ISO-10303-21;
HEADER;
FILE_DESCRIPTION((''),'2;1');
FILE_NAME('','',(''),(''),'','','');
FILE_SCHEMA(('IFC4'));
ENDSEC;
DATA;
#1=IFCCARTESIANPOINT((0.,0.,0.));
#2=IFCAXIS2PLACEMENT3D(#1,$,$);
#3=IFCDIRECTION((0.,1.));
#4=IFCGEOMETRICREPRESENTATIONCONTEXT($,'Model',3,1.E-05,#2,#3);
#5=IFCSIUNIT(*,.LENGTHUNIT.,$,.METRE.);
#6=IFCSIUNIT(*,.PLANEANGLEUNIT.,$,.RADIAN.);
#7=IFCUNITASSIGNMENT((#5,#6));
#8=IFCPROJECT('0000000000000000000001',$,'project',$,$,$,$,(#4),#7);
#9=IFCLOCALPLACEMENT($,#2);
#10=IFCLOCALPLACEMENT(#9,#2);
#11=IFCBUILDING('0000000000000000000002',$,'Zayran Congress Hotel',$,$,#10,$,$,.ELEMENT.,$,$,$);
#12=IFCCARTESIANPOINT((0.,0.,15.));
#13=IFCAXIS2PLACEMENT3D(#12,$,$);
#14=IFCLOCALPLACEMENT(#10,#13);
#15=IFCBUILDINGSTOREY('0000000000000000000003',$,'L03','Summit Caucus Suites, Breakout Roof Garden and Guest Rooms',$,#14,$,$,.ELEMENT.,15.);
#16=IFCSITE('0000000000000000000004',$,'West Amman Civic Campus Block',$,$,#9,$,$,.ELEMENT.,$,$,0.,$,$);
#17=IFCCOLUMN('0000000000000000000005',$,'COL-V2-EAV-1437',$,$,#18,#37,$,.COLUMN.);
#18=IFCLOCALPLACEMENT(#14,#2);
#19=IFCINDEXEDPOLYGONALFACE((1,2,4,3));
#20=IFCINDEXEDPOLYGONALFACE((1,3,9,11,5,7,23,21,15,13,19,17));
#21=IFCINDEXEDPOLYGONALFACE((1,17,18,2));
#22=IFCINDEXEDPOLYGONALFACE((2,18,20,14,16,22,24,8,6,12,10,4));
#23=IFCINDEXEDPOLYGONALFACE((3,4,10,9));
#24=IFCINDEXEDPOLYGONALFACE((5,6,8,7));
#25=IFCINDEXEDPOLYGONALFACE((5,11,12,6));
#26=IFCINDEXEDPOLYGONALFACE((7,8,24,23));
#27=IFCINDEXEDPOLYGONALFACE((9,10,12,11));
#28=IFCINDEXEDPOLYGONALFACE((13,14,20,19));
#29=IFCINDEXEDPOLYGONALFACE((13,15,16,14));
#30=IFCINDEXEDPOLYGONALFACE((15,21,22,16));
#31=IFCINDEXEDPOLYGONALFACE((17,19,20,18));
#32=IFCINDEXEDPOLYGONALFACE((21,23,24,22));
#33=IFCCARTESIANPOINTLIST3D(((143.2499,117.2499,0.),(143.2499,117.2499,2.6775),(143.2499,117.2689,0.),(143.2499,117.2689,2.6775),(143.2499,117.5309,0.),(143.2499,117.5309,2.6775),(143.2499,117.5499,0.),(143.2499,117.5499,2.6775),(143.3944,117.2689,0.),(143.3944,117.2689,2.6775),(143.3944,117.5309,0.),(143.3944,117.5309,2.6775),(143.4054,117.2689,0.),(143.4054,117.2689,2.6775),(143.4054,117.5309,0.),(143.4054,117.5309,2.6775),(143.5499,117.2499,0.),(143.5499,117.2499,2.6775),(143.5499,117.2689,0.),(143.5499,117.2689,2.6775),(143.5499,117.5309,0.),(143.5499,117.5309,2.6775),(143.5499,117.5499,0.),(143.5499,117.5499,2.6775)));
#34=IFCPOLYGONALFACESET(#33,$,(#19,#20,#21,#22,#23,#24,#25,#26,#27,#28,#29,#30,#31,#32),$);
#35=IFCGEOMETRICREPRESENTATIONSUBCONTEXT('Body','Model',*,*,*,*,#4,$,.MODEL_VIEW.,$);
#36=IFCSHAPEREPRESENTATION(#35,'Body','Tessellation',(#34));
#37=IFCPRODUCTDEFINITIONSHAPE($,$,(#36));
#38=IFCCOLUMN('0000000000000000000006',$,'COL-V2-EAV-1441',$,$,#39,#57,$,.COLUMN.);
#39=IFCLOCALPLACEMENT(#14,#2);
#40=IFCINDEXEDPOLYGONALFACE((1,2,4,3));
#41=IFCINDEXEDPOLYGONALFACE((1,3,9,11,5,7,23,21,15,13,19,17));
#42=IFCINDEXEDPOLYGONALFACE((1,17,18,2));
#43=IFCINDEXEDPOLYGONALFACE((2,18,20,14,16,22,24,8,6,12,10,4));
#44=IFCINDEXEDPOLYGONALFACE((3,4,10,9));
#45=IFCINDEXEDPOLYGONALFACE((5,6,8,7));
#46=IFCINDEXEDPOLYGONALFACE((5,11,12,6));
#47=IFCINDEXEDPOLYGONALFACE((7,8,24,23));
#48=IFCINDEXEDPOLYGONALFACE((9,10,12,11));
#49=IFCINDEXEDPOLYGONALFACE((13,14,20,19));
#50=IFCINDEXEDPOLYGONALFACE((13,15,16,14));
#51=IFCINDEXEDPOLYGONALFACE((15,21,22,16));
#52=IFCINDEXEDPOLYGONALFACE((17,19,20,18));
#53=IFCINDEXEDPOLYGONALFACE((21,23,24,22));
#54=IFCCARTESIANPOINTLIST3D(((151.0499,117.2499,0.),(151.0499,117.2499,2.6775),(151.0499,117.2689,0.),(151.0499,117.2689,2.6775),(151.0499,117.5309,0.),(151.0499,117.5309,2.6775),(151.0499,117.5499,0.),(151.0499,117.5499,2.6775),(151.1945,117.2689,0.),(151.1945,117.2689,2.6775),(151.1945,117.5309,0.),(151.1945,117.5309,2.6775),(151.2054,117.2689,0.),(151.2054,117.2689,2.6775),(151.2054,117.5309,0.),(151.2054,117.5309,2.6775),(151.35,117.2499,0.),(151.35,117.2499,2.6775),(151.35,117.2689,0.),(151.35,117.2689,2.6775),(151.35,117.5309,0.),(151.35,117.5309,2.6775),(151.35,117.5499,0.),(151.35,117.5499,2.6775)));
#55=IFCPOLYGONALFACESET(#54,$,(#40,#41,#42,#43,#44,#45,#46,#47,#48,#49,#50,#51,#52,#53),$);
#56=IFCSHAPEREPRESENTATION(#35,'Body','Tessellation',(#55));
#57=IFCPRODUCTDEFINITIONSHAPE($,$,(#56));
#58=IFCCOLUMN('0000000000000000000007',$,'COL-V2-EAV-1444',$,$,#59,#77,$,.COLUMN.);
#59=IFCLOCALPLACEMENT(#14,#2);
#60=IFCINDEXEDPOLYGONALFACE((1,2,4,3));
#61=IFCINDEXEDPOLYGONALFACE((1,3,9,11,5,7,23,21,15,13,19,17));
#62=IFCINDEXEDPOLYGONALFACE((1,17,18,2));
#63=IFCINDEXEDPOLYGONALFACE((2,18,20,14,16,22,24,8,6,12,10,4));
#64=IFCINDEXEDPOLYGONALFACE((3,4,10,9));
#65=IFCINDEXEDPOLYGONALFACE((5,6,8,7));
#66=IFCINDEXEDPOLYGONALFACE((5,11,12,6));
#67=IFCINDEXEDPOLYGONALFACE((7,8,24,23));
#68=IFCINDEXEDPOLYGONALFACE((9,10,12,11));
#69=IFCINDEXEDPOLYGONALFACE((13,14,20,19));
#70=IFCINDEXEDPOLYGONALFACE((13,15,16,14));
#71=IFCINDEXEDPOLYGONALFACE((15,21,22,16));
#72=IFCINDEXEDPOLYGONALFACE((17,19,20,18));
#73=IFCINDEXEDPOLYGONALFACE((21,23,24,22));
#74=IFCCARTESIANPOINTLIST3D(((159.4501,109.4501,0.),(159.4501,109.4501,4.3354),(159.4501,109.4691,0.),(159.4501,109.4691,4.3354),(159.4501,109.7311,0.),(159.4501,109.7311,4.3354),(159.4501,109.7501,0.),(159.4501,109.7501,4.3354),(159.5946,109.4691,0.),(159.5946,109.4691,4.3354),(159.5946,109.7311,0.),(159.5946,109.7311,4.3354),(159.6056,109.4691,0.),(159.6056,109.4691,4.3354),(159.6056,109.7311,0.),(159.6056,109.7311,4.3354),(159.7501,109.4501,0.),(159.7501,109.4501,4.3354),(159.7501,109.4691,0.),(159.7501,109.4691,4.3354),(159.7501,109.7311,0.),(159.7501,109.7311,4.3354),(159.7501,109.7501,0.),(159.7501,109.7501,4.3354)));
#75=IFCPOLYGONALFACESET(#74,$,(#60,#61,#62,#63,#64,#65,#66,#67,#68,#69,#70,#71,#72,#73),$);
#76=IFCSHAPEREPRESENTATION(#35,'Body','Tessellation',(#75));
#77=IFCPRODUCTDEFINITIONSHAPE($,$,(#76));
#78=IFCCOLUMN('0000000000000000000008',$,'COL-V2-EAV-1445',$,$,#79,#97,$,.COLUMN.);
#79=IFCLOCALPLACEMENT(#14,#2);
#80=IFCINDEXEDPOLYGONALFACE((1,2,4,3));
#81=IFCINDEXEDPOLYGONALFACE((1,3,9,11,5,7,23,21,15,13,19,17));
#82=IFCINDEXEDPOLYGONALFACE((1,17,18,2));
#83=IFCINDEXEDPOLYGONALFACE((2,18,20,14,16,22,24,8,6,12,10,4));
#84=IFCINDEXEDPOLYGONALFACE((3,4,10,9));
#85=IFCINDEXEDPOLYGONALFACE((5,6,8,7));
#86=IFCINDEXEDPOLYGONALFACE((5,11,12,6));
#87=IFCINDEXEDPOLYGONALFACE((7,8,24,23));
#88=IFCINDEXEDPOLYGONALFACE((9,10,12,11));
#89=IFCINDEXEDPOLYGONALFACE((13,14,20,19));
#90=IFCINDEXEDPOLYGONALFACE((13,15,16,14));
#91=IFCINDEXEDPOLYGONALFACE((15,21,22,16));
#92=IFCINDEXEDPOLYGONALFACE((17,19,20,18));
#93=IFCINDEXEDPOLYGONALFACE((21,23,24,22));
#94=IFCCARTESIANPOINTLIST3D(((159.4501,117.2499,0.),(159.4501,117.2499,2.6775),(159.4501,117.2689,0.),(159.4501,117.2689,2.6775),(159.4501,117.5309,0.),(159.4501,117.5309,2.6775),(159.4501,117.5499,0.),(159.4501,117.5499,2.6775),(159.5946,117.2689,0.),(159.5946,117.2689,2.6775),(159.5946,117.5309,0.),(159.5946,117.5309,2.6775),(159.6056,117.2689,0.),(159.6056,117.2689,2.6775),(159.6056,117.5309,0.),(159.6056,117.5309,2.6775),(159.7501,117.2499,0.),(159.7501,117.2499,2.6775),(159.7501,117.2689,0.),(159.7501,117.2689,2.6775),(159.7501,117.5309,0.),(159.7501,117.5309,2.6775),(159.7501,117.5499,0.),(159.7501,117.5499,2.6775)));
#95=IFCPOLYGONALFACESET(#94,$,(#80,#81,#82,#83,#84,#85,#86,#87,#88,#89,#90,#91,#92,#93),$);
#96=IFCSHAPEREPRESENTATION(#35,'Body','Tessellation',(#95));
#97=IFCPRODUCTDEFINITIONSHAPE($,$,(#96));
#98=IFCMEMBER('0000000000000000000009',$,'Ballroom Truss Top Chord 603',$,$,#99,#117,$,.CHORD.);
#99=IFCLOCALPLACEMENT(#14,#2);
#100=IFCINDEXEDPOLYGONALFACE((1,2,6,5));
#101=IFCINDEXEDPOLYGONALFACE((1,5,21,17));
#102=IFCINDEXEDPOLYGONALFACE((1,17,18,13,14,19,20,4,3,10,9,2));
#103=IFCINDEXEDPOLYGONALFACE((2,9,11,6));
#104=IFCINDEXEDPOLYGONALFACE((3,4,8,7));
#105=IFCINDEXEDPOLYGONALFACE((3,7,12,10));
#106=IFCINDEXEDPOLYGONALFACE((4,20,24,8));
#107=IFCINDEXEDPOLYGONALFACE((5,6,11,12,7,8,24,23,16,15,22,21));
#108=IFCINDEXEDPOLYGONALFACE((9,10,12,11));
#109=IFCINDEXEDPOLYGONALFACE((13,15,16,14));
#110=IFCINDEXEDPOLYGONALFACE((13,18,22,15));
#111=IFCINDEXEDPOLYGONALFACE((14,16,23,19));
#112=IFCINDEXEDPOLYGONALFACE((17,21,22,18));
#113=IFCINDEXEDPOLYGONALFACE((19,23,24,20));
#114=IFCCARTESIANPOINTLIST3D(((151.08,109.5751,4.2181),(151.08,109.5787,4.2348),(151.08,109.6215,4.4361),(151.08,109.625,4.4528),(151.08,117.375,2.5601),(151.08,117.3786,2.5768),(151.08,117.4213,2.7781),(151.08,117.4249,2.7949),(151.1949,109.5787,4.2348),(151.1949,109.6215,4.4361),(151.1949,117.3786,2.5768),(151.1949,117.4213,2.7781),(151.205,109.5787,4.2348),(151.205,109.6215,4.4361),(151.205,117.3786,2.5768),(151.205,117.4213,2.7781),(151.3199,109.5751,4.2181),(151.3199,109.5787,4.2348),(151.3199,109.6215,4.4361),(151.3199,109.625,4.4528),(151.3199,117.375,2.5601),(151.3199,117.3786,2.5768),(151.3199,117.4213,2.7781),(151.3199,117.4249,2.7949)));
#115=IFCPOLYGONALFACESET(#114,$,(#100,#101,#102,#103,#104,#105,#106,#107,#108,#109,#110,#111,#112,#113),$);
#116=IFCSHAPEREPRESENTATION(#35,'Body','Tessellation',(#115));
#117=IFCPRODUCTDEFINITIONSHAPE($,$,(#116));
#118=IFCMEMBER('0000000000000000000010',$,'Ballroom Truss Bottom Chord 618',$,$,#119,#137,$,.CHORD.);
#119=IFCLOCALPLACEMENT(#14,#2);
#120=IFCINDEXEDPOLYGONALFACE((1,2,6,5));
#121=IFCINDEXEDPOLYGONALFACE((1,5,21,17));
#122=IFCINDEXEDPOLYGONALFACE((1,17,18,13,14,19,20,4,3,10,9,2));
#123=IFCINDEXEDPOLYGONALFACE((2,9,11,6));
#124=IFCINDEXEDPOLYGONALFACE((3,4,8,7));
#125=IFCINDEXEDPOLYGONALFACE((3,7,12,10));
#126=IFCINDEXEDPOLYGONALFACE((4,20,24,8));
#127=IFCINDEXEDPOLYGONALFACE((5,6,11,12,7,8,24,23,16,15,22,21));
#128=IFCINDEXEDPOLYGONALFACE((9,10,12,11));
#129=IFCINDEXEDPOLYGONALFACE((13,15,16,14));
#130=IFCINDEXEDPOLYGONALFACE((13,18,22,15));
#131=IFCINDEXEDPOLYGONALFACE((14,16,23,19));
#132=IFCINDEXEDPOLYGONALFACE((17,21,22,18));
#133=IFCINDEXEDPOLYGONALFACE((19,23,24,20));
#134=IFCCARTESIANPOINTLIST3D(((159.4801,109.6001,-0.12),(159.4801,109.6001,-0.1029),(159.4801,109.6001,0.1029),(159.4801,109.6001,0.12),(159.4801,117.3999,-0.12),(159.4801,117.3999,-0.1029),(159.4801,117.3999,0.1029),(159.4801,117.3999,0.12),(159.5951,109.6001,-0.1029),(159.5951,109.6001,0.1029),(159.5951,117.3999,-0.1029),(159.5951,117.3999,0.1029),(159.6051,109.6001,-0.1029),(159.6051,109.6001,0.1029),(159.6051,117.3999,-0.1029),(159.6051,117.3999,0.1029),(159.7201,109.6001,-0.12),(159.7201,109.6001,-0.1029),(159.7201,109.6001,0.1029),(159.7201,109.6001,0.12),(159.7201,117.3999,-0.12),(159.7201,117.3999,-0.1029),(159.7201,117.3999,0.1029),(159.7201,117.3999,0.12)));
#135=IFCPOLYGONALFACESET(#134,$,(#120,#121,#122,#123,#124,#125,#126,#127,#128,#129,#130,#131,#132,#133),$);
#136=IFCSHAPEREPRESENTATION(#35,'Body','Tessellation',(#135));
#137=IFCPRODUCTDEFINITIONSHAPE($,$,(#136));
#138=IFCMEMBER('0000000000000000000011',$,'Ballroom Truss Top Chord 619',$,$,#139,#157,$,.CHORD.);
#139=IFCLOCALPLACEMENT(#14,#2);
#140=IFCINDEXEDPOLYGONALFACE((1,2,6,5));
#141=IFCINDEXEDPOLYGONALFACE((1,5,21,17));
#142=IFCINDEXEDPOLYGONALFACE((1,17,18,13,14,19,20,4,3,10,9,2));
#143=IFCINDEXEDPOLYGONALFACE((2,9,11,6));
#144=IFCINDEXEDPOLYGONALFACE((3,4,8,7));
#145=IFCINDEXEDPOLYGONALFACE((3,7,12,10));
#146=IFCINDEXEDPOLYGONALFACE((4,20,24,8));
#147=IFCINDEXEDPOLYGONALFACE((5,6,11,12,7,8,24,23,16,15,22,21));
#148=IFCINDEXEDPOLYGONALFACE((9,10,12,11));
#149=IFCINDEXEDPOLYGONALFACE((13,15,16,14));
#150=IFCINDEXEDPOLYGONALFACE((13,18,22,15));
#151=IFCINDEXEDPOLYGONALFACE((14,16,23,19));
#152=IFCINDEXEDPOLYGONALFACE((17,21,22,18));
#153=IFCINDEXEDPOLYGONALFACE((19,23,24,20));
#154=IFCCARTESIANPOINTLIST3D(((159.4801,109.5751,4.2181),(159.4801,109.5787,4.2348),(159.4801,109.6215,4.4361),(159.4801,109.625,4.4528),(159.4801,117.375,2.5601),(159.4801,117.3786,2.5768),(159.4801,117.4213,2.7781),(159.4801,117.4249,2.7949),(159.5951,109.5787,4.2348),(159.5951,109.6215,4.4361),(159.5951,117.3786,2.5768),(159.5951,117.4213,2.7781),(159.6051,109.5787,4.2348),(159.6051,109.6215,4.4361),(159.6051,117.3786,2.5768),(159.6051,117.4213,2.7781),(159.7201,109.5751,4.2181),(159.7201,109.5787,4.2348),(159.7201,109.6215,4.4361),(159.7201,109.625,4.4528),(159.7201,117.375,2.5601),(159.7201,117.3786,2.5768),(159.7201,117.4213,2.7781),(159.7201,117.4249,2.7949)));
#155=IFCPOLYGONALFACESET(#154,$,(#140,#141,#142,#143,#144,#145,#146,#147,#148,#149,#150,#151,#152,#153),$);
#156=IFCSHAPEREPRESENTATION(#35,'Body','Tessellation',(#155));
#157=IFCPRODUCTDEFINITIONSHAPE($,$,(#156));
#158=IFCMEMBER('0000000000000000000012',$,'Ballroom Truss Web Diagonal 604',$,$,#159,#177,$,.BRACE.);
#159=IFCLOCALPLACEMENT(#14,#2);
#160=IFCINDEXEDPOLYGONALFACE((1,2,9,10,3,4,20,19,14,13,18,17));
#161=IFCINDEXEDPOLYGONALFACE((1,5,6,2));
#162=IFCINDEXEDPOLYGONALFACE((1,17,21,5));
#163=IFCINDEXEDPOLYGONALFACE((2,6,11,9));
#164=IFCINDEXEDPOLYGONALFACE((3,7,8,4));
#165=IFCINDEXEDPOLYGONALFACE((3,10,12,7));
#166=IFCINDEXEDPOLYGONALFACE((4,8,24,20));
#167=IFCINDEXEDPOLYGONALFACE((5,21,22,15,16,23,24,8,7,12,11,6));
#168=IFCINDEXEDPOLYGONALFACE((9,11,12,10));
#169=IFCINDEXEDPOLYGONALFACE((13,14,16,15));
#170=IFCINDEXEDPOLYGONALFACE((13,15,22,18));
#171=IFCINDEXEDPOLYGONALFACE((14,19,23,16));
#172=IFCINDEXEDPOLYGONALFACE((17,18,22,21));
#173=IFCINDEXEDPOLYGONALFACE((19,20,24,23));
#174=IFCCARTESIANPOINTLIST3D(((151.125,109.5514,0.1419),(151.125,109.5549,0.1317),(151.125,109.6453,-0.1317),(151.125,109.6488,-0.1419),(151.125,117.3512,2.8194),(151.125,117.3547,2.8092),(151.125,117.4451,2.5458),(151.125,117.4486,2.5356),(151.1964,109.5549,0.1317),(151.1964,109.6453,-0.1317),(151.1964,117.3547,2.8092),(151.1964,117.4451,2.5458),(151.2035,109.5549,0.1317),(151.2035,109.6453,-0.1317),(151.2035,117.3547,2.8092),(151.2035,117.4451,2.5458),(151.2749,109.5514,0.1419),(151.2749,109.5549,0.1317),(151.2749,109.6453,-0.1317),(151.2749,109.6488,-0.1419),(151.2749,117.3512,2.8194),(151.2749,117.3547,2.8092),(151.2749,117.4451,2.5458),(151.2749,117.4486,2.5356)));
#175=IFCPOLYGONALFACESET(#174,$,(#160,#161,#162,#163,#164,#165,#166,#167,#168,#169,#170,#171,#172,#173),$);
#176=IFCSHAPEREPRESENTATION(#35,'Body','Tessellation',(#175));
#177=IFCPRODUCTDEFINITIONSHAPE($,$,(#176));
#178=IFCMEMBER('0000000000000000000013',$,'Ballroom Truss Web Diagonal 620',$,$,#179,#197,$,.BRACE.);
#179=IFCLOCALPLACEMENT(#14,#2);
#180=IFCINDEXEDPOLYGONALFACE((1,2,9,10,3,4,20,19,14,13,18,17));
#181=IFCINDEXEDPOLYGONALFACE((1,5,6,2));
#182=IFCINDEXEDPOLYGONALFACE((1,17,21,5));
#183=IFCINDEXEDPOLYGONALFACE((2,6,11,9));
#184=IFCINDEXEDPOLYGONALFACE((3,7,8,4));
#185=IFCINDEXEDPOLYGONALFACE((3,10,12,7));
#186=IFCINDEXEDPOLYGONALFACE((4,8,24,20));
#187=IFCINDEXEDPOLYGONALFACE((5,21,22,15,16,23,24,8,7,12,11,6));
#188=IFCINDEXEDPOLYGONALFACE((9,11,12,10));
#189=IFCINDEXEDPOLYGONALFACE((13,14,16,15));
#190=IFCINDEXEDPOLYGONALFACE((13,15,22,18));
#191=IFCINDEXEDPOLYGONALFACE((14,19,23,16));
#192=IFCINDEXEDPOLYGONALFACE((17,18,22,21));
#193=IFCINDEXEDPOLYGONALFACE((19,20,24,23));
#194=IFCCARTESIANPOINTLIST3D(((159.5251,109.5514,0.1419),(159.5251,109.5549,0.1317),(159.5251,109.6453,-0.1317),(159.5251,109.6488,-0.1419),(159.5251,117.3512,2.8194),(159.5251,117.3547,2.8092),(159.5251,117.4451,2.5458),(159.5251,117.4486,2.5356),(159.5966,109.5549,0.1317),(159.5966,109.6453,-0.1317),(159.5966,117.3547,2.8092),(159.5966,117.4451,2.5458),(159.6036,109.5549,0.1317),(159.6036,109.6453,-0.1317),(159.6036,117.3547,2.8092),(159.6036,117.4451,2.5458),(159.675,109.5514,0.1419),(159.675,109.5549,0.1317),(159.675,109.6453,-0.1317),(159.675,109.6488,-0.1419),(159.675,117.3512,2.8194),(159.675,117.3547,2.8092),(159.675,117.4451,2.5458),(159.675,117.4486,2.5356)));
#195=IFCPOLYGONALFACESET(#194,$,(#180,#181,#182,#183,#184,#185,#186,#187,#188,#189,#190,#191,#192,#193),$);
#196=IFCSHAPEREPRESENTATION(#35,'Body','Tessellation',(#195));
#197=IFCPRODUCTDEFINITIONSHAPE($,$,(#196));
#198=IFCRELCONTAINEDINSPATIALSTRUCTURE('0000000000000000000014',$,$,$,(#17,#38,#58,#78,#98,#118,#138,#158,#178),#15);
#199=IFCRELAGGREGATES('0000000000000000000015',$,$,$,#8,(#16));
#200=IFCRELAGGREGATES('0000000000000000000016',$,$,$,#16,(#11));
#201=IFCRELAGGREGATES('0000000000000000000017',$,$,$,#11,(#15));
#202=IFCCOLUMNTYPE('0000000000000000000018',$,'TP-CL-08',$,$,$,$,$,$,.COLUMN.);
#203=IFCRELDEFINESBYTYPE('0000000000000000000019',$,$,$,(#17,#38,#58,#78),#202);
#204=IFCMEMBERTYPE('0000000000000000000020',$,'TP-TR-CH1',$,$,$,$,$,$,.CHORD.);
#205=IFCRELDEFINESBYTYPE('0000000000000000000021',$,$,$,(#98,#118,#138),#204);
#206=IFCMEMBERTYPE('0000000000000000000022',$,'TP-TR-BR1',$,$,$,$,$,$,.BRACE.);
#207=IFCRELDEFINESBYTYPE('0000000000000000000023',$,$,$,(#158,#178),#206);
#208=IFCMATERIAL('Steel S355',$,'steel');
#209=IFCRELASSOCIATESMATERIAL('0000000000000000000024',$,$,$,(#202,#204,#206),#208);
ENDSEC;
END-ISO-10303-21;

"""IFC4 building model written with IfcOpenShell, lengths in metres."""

from ifc_helpers import new_model, si_unit, direction, frame, origin, origin_2d, place, context, subcontext, project, spatial, i_section, extrude, material, material_profile, profile_set, type_object, element, save


model = new_model("IFC4")

# Units and contexts
model_context = context("Model", 3, precision=1e-05, world=origin(), true_north=direction((0.0, 1.0)))
body_context = subcontext(model_context, "Body", "Model", "MODEL_VIEW")
ifc_project = project(units=[si_unit("LENGTHUNIT", "METRE"), si_unit("PLANEANGLEUNIT", "RADIAN")], contexts=[model_context])

# Site, building, storey
site_placement = place(None, origin())
site = spatial("IfcSite", under=ifc_project, at=site_placement, Name="West Amman Civic Campus Block", CompositionType="ELEMENT", RefElevation=0.0)
building_placement = place(site_placement, origin())
building = spatial("IfcBuilding", under=site, at=building_placement, Name="Zayran Congress Hotel", CompositionType="ELEMENT")
storey_placement = place(building_placement, frame((0.0, 0.0, 15.0)))
storey = spatial("IfcBuildingStorey", under=building, at=storey_placement, Name="L03", Description="Summit Caucus Suites, Breakout Roof Garden and Guest Rooms", CompositionType="ELEMENT", Elevation=15.0)

# Columns
ifc_material_1 = material(Name="Steel S355", Category="steel")
ifc_material_profile_1 = material_profile(ifc_material_1, i_section(OverallWidth=0.3, OverallDepth=0.3, WebThickness=0.011, FlangeThickness=0.019, at=origin_2d()), Name="HEB 300")
ifc_profile_set_1 = profile_set([ifc_material_profile_1], Name="Steel S355")
column_type = type_object("IfcColumnType", Name="TP-CL-08", PredefinedType="COLUMN", material=ifc_profile_set_1)
for number, where, z_axis, x_axis, name in (
    (1, (143.3999, 117.3999, 0.0), (0.0, 0.0, 1.0), (1.0, 0.0, 0.0), "COL-V2-EAV-1437"),
    (2, (151.2, 117.3999, 0.0), (0.0, 0.0, 1.0), (1.0, 0.0, 0.0), "COL-V2-EAV-1441"),
):
    element("IfcColumn", number, at=place(storey_placement, frame(where, z_axis=z_axis, x_axis=x_axis)), inside=storey, type_object=column_type, Name=name, PredefinedType="COLUMN", context=body_context, shape_type="SweptSolid", body=[
        extrude(i_section(OverallWidth=0.3, OverallDepth=0.3, WebThickness=0.011, FlangeThickness=0.019, at=origin_2d()), origin(), (0.0, 0.0, 1.0), 2.6775),
    ])
column_1_placement = place(storey_placement, frame((159.6001, 109.6001, 0.0), z_axis=(0.0, 0.0, 1.0), x_axis=(1.0, 0.0, 0.0)))
element("IfcColumn", 3, at=column_1_placement, inside=storey, type_object=column_type, Name="COL-V2-EAV-1444", PredefinedType="COLUMN", context=body_context, shape_type="SweptSolid", body=[
    extrude(i_section(OverallWidth=0.3, OverallDepth=0.3, WebThickness=0.011, FlangeThickness=0.019, at=origin_2d()), origin(), (0.0, 0.0, 1.0), 4.3354),
])
column_2_placement = place(storey_placement, frame((159.6001, 117.3999, 0.0), z_axis=(0.0, 0.0, 1.0), x_axis=(1.0, 0.0, 0.0)))
element("IfcColumn", 4, at=column_2_placement, inside=storey, type_object=column_type, Name="COL-V2-EAV-1445", PredefinedType="COLUMN", context=body_context, shape_type="SweptSolid", body=[
    extrude(i_section(OverallWidth=0.3, OverallDepth=0.3, WebThickness=0.011, FlangeThickness=0.019, at=origin_2d()), origin(), (0.0, 0.0, 1.0), 2.6775),
])

# Members
ifc_material_profile_2 = material_profile(ifc_material_1, i_section(OverallWidth=0.24, OverallDepth=0.24, WebThickness=0.01, FlangeThickness=0.0171, at=origin_2d()), Name="HEB 240")
ifc_profile_set_2 = profile_set([ifc_material_profile_2], Name="Steel S355")
member_type_1 = type_object("IfcMemberType", Name="TP-TR-CH1", PredefinedType="CHORD", material=ifc_profile_set_2)
member_1_placement = place(storey_placement, frame((151.2, 109.6001, 4.3354), z_axis=(0.0, 0.978146, -0.207919), x_axis=(-1.0, 0.0, 0.0)))
element("IfcMember", 5, at=member_1_placement, inside=storey, type_object=member_type_1, Name="Ballroom Truss Top Chord 603", PredefinedType="CHORD", context=body_context, shape_type="SweptSolid", body=[
    extrude(i_section(OverallWidth=0.24, OverallDepth=0.24, WebThickness=0.01, FlangeThickness=0.0171, at=origin_2d()), origin(), (0.0, 0.0, 1.0), 7.9741),
])
member_2_placement = place(storey_placement, frame((159.6001, 109.6001, 0.0), z_axis=(0.0, 1.0, 0.0), x_axis=(-1.0, 0.0, 0.0)))
element("IfcMember", 6, at=member_2_placement, inside=storey, type_object=member_type_1, Name="Ballroom Truss Bottom Chord 618", PredefinedType="CHORD", context=body_context, shape_type="SweptSolid", body=[
    extrude(i_section(OverallWidth=0.24, OverallDepth=0.24, WebThickness=0.01, FlangeThickness=0.0171, at=origin_2d()), origin(), (0.0, 0.0, 1.0), 7.7998),
])
member_3_placement = place(storey_placement, frame((159.6001, 109.6001, 4.3354), z_axis=(0.0, 0.978146, -0.207919), x_axis=(-1.0, 0.0, 0.0)))
element("IfcMember", 7, at=member_3_placement, inside=storey, type_object=member_type_1, Name="Ballroom Truss Top Chord 619", PredefinedType="CHORD", context=body_context, shape_type="SweptSolid", body=[
    extrude(i_section(OverallWidth=0.24, OverallDepth=0.24, WebThickness=0.01, FlangeThickness=0.0171, at=origin_2d()), origin(), (0.0, 0.0, 1.0), 7.9741),
])
ifc_material_profile_3 = material_profile(ifc_material_1, i_section(OverallWidth=0.1499, OverallDepth=0.3, WebThickness=0.0071, FlangeThickness=0.0107, at=origin_2d()), Name="IPE 300")
ifc_profile_set_3 = profile_set([ifc_material_profile_3], Name="Steel S355")
member_type_2 = type_object("IfcMemberType", Name="TP-TR-BR1", PredefinedType="BRACE", material=ifc_profile_set_3)
for number, where, z_axis, x_axis, name in (
    (8, (151.2, 109.6001, 0.0), (0.0, 0.945824, 0.324679), (-1.0, 0.0, 0.0), "Ballroom Truss Web Diagonal 604"),
    (9, (159.6001, 109.6001, 0.0), (0.0, 0.945824, 0.324679), (-1.0, 0.0, 0.0), "Ballroom Truss Web Diagonal 620"),
):
    element("IfcMember", number, at=place(storey_placement, frame(where, z_axis=z_axis, x_axis=x_axis)), inside=storey, type_object=member_type_2, Name=name, PredefinedType="BRACE", context=body_context, shape_type="SweptSolid", body=[
        extrude(i_section(OverallWidth=0.1499, OverallDepth=0.3, WebThickness=0.0071, FlangeThickness=0.0107, at=origin_2d()), origin(), (0.0, 0.0, 1.0), 8.2466),
    ])

save(model, "model.ifc")
